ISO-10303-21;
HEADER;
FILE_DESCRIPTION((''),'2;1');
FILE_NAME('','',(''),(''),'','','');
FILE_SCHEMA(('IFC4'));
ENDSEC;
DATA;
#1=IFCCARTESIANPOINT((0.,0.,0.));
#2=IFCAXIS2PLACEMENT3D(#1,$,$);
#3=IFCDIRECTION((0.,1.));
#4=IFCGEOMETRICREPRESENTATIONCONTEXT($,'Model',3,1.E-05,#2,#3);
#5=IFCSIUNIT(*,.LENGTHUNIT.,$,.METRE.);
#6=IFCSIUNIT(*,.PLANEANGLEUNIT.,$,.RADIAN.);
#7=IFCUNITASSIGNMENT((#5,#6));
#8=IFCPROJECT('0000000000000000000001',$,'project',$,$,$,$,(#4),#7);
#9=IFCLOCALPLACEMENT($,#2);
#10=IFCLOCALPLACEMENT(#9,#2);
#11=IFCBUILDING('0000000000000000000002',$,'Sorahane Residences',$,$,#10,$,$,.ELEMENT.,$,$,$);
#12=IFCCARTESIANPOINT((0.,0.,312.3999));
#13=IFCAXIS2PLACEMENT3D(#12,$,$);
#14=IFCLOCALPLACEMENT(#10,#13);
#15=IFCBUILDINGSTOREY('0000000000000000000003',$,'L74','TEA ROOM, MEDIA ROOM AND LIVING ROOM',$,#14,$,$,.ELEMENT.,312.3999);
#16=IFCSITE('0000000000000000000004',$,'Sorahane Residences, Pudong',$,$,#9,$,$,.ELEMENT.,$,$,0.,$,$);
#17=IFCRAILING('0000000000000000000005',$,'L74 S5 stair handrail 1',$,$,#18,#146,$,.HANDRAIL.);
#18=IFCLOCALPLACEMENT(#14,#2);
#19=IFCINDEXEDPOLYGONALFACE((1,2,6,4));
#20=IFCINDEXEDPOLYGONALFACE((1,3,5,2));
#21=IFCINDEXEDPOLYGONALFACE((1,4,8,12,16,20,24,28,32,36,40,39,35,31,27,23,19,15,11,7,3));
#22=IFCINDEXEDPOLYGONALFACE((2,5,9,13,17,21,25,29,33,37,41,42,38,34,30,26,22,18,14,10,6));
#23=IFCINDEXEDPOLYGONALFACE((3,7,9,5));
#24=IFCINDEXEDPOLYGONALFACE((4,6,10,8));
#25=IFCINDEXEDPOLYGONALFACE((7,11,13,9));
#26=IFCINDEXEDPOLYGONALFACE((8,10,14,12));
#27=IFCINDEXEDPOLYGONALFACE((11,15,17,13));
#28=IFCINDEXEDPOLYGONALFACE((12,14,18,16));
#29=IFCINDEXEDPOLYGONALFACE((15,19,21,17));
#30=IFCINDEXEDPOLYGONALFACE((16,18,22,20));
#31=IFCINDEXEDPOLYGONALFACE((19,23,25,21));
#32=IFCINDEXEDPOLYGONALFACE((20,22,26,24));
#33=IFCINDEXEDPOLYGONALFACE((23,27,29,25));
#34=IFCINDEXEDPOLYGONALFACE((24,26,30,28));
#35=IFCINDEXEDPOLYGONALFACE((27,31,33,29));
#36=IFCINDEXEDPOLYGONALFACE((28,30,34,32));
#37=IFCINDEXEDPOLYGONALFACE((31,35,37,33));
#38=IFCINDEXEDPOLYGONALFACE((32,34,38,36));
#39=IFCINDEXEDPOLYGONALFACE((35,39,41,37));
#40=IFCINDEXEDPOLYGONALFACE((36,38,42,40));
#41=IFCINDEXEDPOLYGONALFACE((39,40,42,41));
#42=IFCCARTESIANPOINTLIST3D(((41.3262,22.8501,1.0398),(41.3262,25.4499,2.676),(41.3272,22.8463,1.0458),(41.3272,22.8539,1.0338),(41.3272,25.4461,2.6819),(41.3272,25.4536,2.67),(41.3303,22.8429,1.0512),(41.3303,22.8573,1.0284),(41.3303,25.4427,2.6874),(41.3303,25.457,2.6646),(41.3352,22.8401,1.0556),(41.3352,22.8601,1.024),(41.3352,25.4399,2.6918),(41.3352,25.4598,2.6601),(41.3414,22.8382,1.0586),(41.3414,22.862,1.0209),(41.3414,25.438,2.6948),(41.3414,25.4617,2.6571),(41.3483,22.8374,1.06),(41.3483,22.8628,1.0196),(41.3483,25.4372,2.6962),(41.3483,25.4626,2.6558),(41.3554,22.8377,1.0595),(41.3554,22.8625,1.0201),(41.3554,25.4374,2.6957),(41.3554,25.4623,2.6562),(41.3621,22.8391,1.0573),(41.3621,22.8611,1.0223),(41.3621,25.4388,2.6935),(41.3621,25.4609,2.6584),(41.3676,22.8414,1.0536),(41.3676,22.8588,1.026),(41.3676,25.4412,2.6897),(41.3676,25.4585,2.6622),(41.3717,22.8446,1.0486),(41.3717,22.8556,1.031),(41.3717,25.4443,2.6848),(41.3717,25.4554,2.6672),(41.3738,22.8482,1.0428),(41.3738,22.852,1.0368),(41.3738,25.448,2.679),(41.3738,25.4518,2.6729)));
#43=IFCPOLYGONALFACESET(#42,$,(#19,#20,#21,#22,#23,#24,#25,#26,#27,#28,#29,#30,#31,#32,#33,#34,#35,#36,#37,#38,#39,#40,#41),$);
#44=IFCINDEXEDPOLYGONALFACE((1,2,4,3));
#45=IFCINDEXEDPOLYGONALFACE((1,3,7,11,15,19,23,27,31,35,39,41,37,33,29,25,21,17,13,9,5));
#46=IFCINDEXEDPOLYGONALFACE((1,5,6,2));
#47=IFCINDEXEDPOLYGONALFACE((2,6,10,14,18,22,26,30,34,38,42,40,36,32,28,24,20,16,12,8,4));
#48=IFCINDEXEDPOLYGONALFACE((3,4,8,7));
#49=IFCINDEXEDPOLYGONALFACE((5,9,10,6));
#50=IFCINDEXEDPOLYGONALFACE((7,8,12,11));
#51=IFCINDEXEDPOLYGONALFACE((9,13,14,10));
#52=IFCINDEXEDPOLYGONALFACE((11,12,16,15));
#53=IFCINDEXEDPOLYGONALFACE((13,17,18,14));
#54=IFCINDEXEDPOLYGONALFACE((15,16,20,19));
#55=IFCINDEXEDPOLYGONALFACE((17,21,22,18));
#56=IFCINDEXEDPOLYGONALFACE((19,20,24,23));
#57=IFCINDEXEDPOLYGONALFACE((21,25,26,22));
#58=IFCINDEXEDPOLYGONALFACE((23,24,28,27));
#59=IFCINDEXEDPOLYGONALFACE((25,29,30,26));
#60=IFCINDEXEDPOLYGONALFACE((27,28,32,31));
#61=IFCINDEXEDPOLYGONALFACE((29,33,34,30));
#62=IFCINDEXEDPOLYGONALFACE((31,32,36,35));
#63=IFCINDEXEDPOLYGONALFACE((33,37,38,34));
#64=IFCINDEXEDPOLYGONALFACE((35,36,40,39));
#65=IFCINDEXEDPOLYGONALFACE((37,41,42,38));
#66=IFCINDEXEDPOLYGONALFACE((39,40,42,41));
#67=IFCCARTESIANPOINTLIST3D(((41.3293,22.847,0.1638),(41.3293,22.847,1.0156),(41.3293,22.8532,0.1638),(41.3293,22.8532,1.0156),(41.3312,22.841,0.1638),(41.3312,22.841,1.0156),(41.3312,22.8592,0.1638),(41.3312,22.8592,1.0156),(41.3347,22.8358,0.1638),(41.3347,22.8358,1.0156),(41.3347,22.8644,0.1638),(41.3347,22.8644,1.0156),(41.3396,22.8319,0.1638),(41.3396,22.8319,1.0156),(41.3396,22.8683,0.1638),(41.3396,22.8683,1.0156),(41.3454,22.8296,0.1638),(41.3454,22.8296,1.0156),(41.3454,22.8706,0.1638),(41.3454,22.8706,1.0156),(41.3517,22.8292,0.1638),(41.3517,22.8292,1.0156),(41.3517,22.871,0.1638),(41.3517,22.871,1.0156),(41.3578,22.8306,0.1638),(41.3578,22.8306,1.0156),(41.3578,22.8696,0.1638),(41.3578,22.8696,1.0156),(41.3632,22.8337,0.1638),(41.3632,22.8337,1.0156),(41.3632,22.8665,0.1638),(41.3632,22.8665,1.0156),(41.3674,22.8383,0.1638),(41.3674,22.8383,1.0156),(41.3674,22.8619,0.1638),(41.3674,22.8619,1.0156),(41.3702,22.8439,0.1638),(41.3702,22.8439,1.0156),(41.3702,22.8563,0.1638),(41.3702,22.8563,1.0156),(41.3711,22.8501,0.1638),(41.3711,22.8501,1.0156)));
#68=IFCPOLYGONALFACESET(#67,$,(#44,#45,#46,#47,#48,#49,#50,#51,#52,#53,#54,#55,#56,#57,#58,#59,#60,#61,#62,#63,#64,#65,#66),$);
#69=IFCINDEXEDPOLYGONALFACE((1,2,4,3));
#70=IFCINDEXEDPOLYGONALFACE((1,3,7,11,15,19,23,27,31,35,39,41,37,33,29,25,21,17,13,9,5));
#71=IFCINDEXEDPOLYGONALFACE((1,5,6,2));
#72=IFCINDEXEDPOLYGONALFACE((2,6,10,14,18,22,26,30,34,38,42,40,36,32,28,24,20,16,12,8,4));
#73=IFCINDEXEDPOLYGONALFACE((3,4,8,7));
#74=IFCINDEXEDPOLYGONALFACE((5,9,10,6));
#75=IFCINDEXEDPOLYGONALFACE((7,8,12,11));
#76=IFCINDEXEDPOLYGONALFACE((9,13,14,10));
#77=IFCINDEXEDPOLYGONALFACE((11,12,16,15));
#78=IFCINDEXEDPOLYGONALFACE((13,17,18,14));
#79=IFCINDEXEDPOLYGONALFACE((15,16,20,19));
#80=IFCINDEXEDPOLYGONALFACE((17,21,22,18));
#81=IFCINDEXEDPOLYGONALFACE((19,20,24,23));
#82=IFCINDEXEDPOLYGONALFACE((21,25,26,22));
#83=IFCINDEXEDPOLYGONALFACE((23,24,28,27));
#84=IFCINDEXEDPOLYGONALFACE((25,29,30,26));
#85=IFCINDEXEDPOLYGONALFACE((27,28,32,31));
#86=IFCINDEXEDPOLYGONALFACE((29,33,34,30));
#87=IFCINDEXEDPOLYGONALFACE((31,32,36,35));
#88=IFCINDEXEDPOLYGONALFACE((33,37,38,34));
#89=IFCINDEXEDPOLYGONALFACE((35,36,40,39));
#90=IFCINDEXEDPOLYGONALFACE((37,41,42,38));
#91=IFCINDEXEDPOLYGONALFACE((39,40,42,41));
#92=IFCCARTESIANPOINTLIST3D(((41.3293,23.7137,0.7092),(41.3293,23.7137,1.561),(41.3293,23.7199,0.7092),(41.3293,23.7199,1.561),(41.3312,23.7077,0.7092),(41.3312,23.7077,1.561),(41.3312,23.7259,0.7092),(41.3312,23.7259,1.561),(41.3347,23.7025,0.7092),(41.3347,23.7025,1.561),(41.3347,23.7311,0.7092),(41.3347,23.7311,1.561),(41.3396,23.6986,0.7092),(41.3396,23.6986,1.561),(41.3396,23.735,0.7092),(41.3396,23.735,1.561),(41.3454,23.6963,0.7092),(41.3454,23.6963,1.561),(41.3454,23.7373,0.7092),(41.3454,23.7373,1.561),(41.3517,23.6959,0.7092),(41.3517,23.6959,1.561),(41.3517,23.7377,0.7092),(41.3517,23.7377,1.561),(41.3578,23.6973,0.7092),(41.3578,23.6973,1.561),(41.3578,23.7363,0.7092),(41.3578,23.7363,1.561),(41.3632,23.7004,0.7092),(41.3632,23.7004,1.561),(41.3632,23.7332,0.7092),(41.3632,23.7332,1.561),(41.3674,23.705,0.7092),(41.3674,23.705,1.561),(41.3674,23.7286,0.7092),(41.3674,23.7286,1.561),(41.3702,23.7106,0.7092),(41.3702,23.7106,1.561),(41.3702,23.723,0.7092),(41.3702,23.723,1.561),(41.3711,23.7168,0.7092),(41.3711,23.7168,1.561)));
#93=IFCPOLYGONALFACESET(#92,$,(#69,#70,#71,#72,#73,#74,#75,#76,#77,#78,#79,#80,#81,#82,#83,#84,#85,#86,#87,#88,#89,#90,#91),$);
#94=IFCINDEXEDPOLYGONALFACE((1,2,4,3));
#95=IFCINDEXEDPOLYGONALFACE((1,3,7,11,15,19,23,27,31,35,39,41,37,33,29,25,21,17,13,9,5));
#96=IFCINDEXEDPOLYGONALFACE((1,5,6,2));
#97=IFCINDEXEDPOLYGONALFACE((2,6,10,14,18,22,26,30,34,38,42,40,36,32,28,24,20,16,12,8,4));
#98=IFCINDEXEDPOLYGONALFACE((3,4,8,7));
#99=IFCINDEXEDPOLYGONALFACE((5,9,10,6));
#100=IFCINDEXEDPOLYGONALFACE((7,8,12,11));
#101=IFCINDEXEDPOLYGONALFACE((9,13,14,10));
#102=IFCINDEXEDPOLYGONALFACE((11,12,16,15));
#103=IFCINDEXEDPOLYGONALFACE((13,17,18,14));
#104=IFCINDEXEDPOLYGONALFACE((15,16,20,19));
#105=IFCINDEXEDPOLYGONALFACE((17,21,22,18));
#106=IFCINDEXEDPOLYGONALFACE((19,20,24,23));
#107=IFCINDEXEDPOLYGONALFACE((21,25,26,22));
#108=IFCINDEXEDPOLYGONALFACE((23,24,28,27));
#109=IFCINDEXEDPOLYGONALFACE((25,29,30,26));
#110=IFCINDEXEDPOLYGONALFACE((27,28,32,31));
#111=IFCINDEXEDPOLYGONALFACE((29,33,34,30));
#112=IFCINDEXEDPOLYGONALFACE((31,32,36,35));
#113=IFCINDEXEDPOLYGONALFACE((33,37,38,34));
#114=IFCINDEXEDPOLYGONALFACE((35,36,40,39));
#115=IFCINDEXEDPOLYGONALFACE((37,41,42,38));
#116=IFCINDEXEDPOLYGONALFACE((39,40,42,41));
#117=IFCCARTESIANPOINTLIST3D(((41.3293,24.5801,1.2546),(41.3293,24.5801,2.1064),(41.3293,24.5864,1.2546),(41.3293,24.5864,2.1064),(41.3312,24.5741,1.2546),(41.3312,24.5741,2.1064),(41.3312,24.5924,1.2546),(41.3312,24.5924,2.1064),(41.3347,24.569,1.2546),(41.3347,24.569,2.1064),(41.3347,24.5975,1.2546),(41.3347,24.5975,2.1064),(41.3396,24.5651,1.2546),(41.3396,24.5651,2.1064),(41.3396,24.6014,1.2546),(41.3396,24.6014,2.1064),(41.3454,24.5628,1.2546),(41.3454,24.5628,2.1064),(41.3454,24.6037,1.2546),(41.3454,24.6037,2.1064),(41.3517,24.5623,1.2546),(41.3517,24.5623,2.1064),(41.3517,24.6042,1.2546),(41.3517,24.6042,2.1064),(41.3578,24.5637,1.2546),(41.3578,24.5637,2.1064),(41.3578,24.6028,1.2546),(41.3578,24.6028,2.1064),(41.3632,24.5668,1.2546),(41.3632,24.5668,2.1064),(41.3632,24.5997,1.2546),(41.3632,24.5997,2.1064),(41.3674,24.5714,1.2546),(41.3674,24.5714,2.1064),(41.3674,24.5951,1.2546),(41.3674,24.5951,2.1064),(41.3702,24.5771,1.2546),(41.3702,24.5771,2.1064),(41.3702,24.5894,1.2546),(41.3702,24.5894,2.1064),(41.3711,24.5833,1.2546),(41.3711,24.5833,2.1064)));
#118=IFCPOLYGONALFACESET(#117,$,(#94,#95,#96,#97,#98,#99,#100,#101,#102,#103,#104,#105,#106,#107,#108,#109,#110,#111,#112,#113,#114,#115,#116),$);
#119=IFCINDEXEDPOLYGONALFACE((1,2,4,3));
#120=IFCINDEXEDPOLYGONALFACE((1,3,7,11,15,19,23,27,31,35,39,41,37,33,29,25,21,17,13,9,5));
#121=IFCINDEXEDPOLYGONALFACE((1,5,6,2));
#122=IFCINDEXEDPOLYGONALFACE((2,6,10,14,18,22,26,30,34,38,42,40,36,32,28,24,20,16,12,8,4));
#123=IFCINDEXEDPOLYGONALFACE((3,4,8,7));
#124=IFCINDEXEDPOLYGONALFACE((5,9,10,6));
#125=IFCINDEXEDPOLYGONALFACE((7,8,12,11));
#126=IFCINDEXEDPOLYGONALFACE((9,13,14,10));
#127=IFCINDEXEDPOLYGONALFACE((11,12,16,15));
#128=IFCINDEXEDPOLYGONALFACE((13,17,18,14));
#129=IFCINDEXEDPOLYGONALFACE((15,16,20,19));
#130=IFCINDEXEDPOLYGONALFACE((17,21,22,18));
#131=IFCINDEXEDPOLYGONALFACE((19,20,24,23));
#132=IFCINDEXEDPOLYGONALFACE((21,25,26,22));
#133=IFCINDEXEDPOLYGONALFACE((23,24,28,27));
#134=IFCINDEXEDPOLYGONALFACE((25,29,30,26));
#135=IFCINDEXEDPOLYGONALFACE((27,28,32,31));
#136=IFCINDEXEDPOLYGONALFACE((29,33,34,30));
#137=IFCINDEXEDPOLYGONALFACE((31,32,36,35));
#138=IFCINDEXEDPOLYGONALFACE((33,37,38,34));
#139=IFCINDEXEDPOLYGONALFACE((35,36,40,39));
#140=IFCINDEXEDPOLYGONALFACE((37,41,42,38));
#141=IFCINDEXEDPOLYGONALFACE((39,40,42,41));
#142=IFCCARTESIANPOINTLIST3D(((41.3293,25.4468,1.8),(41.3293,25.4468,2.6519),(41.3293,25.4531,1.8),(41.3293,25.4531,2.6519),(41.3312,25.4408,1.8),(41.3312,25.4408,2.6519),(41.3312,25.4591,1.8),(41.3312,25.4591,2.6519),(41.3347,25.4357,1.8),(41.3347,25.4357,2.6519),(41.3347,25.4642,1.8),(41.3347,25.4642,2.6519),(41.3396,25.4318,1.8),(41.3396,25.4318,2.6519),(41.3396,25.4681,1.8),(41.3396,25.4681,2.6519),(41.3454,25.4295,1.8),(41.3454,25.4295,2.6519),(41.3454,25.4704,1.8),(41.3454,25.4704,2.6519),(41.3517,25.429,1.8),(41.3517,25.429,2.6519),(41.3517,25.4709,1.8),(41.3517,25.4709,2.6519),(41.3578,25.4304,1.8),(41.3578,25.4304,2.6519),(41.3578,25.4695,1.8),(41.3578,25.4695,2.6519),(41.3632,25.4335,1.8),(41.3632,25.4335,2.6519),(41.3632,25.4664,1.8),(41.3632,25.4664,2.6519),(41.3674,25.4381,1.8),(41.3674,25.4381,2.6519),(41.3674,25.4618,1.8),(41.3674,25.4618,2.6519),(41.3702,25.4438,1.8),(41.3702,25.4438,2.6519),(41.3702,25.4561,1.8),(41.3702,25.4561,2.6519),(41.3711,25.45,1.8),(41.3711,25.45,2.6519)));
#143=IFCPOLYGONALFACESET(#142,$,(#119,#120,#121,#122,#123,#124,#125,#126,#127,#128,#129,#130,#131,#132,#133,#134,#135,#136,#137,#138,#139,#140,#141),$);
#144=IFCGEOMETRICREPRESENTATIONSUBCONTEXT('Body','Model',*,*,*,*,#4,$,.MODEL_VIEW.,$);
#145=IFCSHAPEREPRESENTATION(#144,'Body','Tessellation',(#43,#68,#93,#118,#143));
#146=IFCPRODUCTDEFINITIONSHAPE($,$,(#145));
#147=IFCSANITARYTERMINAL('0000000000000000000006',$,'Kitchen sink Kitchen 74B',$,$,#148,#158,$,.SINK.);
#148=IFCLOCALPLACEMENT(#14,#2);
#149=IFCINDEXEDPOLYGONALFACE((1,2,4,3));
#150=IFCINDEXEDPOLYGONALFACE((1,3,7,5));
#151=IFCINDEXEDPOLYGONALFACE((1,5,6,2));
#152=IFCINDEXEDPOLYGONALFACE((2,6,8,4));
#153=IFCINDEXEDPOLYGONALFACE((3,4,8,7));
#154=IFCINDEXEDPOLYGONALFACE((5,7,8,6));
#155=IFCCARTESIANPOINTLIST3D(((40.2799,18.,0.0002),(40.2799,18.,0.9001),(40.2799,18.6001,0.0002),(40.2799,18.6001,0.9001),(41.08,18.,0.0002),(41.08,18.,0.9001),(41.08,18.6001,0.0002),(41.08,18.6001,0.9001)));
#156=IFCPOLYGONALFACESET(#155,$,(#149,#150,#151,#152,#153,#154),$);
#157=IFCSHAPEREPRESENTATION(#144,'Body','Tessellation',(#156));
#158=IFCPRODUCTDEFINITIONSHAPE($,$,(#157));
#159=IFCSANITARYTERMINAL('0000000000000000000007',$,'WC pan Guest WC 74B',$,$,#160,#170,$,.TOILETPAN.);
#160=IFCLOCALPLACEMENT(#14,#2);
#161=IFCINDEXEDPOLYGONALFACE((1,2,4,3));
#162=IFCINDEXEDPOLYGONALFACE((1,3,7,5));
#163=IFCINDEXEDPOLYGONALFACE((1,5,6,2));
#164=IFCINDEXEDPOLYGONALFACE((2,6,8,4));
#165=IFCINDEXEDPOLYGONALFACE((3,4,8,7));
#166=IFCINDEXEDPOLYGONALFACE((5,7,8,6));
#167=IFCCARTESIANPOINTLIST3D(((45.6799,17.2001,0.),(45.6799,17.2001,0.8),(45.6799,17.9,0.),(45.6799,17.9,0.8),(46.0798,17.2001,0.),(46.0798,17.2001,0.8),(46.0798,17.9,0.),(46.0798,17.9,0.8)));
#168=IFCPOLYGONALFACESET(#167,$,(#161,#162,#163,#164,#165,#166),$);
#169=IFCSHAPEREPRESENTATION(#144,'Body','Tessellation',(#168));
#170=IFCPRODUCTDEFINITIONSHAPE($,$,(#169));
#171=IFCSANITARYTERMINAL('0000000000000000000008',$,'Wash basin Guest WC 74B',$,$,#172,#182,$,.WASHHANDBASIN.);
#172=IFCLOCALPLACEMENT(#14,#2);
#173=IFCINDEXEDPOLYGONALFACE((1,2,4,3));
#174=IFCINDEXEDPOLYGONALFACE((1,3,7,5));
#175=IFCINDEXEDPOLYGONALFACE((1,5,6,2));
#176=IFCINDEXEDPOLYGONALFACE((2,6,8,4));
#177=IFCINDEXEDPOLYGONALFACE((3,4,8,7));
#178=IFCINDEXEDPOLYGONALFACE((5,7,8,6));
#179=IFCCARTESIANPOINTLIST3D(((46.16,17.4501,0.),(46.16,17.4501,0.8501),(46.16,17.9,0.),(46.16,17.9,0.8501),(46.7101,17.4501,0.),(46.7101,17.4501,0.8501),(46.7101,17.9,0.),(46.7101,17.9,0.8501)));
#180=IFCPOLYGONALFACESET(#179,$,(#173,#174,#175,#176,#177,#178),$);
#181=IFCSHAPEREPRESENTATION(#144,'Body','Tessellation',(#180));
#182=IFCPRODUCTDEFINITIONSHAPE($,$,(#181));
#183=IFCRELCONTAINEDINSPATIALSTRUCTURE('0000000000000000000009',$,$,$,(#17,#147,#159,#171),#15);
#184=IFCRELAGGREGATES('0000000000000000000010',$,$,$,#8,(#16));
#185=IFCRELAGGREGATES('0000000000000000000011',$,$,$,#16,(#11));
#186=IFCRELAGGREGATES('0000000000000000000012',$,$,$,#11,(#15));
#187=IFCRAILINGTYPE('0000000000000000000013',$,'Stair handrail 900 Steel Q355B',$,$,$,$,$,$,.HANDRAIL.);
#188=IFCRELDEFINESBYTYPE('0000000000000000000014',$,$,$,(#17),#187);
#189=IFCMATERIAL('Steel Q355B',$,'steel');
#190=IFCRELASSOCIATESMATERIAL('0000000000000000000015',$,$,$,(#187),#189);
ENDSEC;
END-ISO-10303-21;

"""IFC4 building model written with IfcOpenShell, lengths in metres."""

from ifc_helpers import new_model, si_unit, direction, frame, origin, origin_2d, place, context, subcontext, project, spatial, rectangle, circle, extrude, material, type_object, element, save


model = new_model("IFC4")

# Units and contexts
model_context = context("Model", 3, precision=1e-05, world=origin(), true_north=direction((0.0, 1.0)))
body_context = subcontext(model_context, "Body", "Model", "MODEL_VIEW")
ifc_project = project(units=[si_unit("LENGTHUNIT", "METRE"), si_unit("PLANEANGLEUNIT", "RADIAN")], contexts=[model_context])

# Site, building, storey
site_placement = place(None, origin())
site = spatial("IfcSite", under=ifc_project, at=site_placement, Name="Sorahane Residences, Pudong", CompositionType="ELEMENT", RefElevation=0.0)
building_placement = place(site_placement, origin())
building = spatial("IfcBuilding", under=site, at=building_placement, Name="Sorahane Residences", CompositionType="ELEMENT")
storey_placement = place(building_placement, frame((0.0, 0.0, 312.3999)))
storey = spatial("IfcBuildingStorey", under=building, at=storey_placement, Name="L74", Description="TEA ROOM, MEDIA ROOM AND LIVING ROOM", CompositionType="ELEMENT", Elevation=312.3999)

# Railing
ifc_material_1 = material(Name="Steel Q355B", Category="steel")
railing_type_1 = type_object("IfcRailingType", Name="Stair handrail 900 Steel Q355B", PredefinedType="HANDRAIL", material=ifc_material_1)
railing_1_placement = place(storey_placement, frame((41.3501, 22.8501, 0.1638)))
element("IfcRailing", 1, at=railing_1_placement, inside=storey, type_object=railing_type_1, Name="L74 S5 stair handrail 1", PredefinedType="HANDRAIL", context=body_context, shape_type="SweptSolid", body=[
    extrude(circle(Radius=0.0239, at=origin_2d()), frame((0.0, 0.0, 0.876), z_axis=(0.0, 0.846338, 0.532647), x_axis=(-1.0, 0.0, 0.0)), (0.0, 0.0, 1.0), 3.0718),
    extrude(circle(Radius=0.021, at=origin_2d()), origin(), (0.0, 0.0, 1.0), 0.8518),
    extrude(circle(Radius=0.021, at=origin_2d()), frame((0.0, 0.8667, 0.5454)), (0.0, 0.0, 1.0), 0.8518),
    extrude(circle(Radius=0.021, at=origin_2d()), frame((0.0, 1.7332, 1.0908)), (0.0, 0.0, 1.0), 0.8518),
    extrude(circle(Radius=0.021, at=origin_2d()), frame((0.0, 2.5999, 1.6362)), (0.0, 0.0, 1.0), 0.8518),
])

# Sanitary terminals
sanitary_terminal_1_placement = place(storey_placement, frame((40.6799, 18.3, 0.0002), z_axis=(0.0, 0.0, 1.0), x_axis=(1.0, 0.0, 0.0)))
element("IfcSanitaryTerminal", 2, at=sanitary_terminal_1_placement, inside=storey, Name="Kitchen sink Kitchen 74B", PredefinedType="SINK", context=body_context, shape_type="SweptSolid", body=[
    extrude(rectangle(XDim=0.8, YDim=0.6001, at=origin_2d()), origin(), (0.0, 0.0, 1.0), 0.8999),
])
sanitary_terminal_2_placement = place(storey_placement, frame((45.8799, 17.55, 0.0), z_axis=(0.0, 0.0, 1.0), x_axis=(1.0, 0.0, 0.0)))
element("IfcSanitaryTerminal", 3, at=sanitary_terminal_2_placement, inside=storey, Name="WC pan Guest WC 74B", PredefinedType="TOILETPAN", context=body_context, shape_type="SweptSolid", body=[
    extrude(rectangle(XDim=0.3999, YDim=0.7, at=origin_2d()), origin(), (0.0, 0.0, 1.0), 0.8),
])
sanitary_terminal_3_placement = place(storey_placement, frame((46.4351, 17.675, 0.0), z_axis=(0.0, 0.0, 1.0), x_axis=(1.0, 0.0, 0.0)))
element("IfcSanitaryTerminal", 4, at=sanitary_terminal_3_placement, inside=storey, Name="Wash basin Guest WC 74B", PredefinedType="WASHHANDBASIN", context=body_context, shape_type="SweptSolid", body=[
    extrude(rectangle(XDim=0.55, YDim=0.45, at=origin_2d()), origin(), (0.0, 0.0, 1.0), 0.8501),
])

save(model, "model.ifc")
